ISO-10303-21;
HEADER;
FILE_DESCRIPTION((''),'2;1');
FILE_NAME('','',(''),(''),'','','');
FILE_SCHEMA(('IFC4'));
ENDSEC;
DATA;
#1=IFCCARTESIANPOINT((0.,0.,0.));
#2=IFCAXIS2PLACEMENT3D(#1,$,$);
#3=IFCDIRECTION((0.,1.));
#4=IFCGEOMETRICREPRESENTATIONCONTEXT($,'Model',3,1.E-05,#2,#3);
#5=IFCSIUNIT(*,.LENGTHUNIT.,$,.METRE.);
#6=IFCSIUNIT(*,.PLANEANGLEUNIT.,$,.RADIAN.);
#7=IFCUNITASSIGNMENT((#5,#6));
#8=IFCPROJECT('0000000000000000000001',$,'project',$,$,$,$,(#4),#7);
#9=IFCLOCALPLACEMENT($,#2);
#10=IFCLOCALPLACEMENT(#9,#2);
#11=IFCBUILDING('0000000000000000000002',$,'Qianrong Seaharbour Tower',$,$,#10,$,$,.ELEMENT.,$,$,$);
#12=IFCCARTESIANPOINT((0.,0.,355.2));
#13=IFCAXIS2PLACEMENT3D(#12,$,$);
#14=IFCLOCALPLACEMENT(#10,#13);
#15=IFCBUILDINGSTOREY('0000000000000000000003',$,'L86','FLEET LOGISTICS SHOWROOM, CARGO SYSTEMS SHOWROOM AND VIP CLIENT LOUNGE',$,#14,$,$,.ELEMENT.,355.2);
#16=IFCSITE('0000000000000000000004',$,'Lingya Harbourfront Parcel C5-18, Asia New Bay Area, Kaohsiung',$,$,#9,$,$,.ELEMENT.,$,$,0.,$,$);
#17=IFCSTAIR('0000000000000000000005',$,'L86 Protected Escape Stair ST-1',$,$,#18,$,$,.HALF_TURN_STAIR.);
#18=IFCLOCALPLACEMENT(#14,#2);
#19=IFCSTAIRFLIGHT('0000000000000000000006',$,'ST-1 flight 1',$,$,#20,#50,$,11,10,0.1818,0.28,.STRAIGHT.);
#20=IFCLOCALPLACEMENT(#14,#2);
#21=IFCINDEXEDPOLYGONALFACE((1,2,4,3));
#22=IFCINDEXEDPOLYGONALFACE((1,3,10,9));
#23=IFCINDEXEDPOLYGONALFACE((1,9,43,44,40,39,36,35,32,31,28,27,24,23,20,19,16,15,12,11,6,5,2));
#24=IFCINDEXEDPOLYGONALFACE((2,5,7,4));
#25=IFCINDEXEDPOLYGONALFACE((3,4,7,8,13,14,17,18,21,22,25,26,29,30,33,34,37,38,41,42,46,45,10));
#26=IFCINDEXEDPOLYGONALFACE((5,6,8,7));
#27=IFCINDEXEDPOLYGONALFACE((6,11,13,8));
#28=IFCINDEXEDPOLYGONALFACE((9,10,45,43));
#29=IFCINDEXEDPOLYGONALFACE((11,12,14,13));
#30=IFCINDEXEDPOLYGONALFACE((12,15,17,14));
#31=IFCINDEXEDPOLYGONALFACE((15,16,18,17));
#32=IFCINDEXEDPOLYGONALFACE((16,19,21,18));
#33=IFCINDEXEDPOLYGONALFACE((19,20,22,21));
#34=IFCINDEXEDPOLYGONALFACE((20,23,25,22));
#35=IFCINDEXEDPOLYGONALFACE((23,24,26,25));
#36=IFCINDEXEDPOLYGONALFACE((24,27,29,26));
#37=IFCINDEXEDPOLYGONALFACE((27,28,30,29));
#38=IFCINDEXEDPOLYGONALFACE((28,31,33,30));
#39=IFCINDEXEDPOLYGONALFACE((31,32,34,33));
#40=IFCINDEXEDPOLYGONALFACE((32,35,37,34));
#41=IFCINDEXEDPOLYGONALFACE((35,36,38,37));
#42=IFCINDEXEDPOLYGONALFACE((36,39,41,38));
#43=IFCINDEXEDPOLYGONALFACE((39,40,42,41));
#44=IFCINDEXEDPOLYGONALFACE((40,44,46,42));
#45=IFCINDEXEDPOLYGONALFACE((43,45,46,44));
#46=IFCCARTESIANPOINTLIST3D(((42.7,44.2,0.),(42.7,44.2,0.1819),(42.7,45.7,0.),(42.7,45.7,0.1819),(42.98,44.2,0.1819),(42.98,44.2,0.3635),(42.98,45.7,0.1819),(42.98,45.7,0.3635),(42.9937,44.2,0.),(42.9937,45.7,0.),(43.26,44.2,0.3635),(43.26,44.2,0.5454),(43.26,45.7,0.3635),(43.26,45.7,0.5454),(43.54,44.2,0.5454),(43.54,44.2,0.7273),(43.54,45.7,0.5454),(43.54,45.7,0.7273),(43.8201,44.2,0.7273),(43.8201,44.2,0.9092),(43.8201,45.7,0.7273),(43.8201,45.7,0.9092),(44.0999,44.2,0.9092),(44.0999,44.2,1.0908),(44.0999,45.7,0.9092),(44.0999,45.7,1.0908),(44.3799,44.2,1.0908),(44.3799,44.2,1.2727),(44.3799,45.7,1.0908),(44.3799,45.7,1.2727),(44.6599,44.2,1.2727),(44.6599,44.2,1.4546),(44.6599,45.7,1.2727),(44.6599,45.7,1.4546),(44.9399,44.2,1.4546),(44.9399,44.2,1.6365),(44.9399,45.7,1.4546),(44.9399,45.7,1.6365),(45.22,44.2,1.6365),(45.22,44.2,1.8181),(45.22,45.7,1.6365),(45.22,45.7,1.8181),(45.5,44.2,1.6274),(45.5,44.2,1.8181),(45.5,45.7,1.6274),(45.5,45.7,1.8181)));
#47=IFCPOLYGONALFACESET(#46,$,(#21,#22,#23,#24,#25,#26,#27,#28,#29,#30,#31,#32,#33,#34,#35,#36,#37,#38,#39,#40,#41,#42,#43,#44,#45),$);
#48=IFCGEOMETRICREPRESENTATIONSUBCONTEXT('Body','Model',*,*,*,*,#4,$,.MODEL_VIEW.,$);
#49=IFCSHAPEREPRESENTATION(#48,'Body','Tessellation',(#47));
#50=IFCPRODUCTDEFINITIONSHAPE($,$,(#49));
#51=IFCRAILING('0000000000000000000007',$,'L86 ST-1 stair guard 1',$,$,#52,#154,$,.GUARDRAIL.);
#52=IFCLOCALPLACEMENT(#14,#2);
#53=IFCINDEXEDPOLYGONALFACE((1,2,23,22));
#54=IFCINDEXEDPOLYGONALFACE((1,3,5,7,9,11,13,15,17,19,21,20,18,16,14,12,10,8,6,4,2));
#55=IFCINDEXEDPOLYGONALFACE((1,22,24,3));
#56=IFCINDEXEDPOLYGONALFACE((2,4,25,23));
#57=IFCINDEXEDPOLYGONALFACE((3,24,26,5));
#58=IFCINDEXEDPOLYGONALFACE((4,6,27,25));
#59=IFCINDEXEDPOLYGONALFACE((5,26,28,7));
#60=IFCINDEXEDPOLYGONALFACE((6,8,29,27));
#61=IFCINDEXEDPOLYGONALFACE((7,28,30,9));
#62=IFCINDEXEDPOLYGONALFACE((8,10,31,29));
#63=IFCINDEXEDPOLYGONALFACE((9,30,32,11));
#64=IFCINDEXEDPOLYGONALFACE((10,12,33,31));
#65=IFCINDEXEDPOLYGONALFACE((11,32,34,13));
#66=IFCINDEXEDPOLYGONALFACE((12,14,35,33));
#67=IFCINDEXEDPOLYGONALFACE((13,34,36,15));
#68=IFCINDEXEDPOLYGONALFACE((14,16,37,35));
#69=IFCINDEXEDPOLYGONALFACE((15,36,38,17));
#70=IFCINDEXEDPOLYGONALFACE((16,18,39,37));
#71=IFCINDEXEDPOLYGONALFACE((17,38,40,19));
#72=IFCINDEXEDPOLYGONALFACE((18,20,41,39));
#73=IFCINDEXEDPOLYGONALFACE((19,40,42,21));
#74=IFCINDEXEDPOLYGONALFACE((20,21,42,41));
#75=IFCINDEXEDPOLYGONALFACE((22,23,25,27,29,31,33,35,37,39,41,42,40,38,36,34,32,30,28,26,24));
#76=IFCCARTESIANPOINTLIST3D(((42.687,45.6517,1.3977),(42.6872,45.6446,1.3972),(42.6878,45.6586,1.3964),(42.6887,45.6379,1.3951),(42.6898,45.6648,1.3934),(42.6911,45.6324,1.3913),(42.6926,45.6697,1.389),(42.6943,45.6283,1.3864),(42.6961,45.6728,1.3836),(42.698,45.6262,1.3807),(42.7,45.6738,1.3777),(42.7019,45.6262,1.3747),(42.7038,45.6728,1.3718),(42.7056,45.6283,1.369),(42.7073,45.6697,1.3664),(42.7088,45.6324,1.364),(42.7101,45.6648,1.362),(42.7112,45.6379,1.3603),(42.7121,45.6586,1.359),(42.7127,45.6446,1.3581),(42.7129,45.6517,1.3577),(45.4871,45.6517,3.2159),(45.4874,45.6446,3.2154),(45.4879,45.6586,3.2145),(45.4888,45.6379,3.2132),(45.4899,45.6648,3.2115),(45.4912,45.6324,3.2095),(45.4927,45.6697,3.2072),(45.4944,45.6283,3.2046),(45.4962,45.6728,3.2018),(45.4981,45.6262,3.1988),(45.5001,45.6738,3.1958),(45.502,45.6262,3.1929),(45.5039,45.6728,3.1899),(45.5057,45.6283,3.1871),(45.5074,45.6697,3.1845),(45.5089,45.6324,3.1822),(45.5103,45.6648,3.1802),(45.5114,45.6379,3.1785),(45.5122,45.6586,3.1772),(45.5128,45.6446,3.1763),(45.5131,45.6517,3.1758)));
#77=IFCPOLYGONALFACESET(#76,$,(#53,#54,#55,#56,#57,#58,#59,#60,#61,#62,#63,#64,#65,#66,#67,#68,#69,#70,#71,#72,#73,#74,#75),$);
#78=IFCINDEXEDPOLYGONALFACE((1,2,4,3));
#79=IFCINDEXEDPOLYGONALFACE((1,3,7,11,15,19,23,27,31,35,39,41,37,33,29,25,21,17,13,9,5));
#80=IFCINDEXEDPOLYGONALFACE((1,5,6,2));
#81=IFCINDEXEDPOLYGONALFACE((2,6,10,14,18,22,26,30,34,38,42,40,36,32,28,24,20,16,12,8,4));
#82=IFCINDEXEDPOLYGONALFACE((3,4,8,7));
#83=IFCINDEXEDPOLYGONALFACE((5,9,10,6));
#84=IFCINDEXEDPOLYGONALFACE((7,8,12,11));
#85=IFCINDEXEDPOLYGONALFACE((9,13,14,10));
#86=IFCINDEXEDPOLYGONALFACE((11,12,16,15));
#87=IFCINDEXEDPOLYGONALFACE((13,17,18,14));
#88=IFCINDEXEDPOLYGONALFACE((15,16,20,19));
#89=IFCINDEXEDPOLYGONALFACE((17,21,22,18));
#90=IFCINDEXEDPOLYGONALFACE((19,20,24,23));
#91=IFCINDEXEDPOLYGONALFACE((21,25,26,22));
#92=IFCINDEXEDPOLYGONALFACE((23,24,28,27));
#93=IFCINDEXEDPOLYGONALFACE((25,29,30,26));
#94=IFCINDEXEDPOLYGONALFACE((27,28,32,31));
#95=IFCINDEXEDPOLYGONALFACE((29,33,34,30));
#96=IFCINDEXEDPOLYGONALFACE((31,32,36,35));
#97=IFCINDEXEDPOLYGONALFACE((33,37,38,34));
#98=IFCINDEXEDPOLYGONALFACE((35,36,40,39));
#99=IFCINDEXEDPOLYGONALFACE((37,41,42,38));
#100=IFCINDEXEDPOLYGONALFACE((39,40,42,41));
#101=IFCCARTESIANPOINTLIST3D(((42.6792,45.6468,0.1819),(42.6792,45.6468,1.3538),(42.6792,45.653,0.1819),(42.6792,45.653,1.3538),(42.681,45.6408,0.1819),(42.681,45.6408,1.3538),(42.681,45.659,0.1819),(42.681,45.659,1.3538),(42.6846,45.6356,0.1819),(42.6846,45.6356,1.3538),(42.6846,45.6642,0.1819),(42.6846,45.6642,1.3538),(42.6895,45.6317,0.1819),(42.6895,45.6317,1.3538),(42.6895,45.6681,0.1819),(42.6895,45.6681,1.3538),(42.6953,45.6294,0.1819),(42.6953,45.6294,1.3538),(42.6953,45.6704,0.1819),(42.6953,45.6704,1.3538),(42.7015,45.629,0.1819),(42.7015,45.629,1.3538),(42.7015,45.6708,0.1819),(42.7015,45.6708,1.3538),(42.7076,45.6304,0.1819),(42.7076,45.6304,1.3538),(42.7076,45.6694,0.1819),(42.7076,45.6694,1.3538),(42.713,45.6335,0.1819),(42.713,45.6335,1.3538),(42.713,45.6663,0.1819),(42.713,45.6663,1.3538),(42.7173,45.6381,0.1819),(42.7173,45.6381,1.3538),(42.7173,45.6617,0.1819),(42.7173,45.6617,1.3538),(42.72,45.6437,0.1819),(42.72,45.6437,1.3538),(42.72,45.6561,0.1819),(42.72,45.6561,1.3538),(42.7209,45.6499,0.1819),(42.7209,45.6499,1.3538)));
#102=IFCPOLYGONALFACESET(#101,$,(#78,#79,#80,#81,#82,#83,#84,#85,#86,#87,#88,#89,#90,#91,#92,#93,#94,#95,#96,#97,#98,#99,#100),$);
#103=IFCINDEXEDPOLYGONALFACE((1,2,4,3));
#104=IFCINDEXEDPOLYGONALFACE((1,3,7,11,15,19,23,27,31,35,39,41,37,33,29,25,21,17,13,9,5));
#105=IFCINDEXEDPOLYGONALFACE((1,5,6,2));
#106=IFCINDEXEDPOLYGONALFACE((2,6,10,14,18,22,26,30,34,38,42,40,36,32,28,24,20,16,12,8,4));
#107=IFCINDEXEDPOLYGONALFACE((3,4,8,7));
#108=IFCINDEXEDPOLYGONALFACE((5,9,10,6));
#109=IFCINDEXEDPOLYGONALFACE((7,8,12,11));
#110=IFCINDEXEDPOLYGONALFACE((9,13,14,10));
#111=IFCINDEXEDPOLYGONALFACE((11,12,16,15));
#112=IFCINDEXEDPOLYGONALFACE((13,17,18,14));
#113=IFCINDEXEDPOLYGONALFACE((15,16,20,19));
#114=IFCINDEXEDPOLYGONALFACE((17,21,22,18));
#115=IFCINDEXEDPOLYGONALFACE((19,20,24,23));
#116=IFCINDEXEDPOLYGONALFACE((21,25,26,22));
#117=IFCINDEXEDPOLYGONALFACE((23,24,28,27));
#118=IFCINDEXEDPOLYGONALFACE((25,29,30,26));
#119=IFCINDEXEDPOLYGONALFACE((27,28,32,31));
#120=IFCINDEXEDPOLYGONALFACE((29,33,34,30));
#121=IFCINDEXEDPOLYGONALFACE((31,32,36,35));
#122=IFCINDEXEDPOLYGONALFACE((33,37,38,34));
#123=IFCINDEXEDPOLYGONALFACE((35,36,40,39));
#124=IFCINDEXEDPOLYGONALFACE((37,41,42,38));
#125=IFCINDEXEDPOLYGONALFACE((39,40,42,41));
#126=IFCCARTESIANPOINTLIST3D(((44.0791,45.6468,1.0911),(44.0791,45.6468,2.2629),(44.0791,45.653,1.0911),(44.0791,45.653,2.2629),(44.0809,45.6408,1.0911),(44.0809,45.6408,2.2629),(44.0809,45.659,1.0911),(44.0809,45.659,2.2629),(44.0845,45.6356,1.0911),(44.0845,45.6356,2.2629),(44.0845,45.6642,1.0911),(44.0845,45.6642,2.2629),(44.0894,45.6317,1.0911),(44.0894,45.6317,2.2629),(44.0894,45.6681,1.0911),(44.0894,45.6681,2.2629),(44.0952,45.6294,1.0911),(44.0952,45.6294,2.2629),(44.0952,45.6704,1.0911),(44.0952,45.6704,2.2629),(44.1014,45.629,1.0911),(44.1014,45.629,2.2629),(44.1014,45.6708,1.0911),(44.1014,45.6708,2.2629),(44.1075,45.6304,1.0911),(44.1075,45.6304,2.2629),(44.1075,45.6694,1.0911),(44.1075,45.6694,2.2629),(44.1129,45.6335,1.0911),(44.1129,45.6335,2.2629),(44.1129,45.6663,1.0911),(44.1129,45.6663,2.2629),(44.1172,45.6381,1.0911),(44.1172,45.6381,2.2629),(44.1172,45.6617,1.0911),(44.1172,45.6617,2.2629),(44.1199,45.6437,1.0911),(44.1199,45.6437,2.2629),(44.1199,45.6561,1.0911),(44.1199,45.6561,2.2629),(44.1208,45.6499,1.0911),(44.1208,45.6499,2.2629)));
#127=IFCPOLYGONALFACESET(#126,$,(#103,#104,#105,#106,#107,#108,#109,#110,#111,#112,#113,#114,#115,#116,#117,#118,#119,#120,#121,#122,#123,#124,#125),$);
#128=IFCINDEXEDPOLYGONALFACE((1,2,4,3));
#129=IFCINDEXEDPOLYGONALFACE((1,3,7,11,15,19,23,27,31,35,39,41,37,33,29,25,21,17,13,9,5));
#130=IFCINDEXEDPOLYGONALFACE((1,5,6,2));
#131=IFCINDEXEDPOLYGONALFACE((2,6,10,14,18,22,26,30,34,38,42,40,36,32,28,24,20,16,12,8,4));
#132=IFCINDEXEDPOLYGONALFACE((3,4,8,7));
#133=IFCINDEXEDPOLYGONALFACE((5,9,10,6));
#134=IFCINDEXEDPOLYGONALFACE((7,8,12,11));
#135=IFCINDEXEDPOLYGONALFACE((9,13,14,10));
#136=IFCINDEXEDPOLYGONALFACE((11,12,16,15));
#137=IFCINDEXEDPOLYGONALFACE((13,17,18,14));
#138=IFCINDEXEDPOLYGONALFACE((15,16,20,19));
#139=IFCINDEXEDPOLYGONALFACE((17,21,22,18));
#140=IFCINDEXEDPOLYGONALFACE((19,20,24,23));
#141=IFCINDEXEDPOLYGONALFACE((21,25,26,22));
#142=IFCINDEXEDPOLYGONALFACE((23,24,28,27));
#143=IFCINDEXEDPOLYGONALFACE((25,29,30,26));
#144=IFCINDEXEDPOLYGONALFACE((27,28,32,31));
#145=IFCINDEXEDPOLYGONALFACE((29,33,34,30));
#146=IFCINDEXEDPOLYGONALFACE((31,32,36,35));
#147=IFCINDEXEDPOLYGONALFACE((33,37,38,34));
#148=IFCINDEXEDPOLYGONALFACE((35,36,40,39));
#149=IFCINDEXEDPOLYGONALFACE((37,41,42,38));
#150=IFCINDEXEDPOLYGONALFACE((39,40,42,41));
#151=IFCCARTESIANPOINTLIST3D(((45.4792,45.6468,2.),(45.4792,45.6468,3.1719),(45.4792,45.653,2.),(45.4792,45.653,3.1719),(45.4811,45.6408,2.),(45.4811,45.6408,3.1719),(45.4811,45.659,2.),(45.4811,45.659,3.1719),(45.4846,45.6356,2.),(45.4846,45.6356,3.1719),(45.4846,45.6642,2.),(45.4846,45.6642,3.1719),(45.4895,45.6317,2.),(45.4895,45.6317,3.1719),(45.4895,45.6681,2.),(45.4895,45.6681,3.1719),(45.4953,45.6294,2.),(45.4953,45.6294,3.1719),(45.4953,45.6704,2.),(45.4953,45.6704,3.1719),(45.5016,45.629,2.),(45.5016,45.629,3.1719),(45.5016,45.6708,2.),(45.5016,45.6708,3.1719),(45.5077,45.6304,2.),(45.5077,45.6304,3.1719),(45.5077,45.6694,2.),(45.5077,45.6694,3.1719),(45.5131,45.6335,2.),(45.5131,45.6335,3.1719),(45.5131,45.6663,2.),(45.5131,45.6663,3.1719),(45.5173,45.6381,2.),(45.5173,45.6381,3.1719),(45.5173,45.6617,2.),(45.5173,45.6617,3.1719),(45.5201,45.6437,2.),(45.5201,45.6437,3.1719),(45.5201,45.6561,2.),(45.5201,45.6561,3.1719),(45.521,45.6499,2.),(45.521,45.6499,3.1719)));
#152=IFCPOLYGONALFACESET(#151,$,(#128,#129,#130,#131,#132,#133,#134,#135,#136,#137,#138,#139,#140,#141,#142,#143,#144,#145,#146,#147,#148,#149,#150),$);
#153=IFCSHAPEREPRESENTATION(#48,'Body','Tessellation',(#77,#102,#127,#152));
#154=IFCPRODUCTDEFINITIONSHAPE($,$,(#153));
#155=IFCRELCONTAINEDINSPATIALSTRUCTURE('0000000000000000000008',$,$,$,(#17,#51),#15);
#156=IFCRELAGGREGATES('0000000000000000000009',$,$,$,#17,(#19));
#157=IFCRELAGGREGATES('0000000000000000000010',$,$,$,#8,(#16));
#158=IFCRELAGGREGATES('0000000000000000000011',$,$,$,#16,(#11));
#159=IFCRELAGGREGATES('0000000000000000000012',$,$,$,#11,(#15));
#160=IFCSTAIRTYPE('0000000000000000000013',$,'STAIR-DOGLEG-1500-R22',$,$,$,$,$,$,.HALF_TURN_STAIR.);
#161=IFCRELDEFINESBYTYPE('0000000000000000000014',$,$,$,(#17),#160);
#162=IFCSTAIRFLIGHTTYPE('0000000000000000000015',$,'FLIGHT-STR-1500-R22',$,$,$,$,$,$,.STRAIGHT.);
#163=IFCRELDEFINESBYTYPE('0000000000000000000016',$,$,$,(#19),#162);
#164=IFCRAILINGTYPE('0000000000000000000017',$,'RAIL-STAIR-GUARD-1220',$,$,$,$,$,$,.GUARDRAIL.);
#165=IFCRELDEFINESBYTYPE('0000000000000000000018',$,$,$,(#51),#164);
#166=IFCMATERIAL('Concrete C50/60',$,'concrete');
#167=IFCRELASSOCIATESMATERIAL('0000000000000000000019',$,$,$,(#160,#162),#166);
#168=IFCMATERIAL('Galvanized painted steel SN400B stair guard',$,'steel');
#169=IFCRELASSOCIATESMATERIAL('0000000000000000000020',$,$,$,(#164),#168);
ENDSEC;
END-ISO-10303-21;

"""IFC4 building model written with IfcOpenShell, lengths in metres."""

from ifc_helpers import new_model, si_unit, direction, frame, origin, origin_2d, place, context, subcontext, project, spatial, polyline, circle, outline, extrude, material, type_object, element, aggregate, save


model = new_model("IFC4")

# Units and contexts
model_context = context("Model", 3, precision=1e-05, world=origin(), true_north=direction((0.0, 1.0)))
body_context = subcontext(model_context, "Body", "Model", "MODEL_VIEW")
ifc_project = project(units=[si_unit("LENGTHUNIT", "METRE"), si_unit("PLANEANGLEUNIT", "RADIAN")], contexts=[model_context])

# Site, building, storey
site_placement = place(None, origin())
site = spatial("IfcSite", under=ifc_project, at=site_placement, Name="Lingya Harbourfront Parcel C5-18, Asia New Bay Area, Kaohsiung", CompositionType="ELEMENT", RefElevation=0.0)
building_placement = place(site_placement, origin())
building = spatial("IfcBuilding", under=site, at=building_placement, Name="Qianrong Seaharbour Tower", CompositionType="ELEMENT")
storey_placement = place(building_placement, frame((0.0, 0.0, 355.2)))
storey = spatial("IfcBuildingStorey", under=building, at=storey_placement, Name="L86", Description="FLEET LOGISTICS SHOWROOM, CARGO SYSTEMS SHOWROOM AND VIP CLIENT LOUNGE", CompositionType="ELEMENT", Elevation=355.2)

# Shared definitions
ifc_material_1 = material(Name="Concrete C50/60", Category="concrete")

# Stair, stair flight
stair_type = type_object("IfcStairType", Name="STAIR-DOGLEG-1500-R22", PredefinedType="HALF_TURN_STAIR", material=ifc_material_1)
stair_placement = place(storey_placement, origin())
stair = element("IfcStair", 1, at=stair_placement, inside=storey, type_object=stair_type, Name="L86 Protected Escape Stair ST-1", PredefinedType="HALF_TURN_STAIR")
stair_flight_type = type_object("IfcStairFlightType", Name="FLIGHT-STR-1500-R22", PredefinedType="STRAIGHT", material=ifc_material_1)
stair_flight_placement = place(storey_placement, frame((42.7, 44.95, 0.0), z_axis=(0.0, 0.0, 1.0), x_axis=(1.0, 0.0, 0.0)))
stair_flight = element("IfcStairFlight", 2, at=stair_flight_placement, type_object=stair_flight_type, Name="ST-1 flight 1", NumberOfRisers=11, NumberOfTreads=10, PredefinedType="STRAIGHT", RiserHeight=0.1818, TreadLength=0.28, context=body_context, shape_type="SweptSolid", body=[
    extrude(outline(polyline([(0.0, 0.0), (0.0, 0.1819), (0.28, 0.1819), (0.28, 0.3635), (0.5601, 0.3635), (0.5601, 0.5454), (0.8401, 0.5454), (0.8401, 0.7273), (1.1201, 0.7273), (1.1201, 0.9092), (1.3999, 0.9092), (1.3999, 1.0908), (1.6799, 1.0908), (1.6799, 1.2727), (1.96, 1.2727), (1.96, 1.4546), (2.24, 1.4546), (2.24, 1.6365), (2.52, 1.6365), (2.52, 1.8181), (2.8, 1.8181), (2.8, 2.0), (2.8, 1.6274), (0.2937, 0.0), (0.0, 0.0)])), frame((0.0, 0.75, 0.0), z_axis=(0.0, -1.0, 0.0), x_axis=(1.0, 0.0, 0.0)), (0.0, 0.0, 1.0), 1.5),
])
aggregate(stair, [stair_flight])

# Railing
ifc_material_2 = material(Name="Galvanized painted steel SN400B stair guard", Category="steel")
railing_type_1 = type_object("IfcRailingType", Name="RAIL-STAIR-GUARD-1220", PredefinedType="GUARDRAIL", material=ifc_material_2)
railing_1_placement = place(storey_placement, frame((42.7, 45.6499, 0.1819)))
element("IfcRailing", 3, at=railing_1_placement, inside=storey, type_object=railing_type_1, Name="L86 ST-1 stair guard 1", PredefinedType="GUARDRAIL", context=body_context, shape_type="SweptSolid", body=[
    extrude(circle(Radius=0.0239, at=origin_2d()), frame((0.0, 0.0, 1.1958), z_axis=(0.838706, 0.0, 0.544585), x_axis=(0.0, 1.0, 0.0)), (0.0, 0.0, 1.0), 3.3386),
    extrude(circle(Radius=0.021, at=origin_2d()), origin(), (0.0, 0.0, 1.0), 1.1719),
    extrude(circle(Radius=0.021, at=origin_2d()), frame((1.3999, 0.0, 0.9092)), (0.0, 0.0, 1.0), 1.1719),
    extrude(circle(Radius=0.021, at=origin_2d()), frame((2.8, 0.0, 1.8181)), (0.0, 0.0, 1.0), 1.1719),
])

save(model, "model.ifc")
